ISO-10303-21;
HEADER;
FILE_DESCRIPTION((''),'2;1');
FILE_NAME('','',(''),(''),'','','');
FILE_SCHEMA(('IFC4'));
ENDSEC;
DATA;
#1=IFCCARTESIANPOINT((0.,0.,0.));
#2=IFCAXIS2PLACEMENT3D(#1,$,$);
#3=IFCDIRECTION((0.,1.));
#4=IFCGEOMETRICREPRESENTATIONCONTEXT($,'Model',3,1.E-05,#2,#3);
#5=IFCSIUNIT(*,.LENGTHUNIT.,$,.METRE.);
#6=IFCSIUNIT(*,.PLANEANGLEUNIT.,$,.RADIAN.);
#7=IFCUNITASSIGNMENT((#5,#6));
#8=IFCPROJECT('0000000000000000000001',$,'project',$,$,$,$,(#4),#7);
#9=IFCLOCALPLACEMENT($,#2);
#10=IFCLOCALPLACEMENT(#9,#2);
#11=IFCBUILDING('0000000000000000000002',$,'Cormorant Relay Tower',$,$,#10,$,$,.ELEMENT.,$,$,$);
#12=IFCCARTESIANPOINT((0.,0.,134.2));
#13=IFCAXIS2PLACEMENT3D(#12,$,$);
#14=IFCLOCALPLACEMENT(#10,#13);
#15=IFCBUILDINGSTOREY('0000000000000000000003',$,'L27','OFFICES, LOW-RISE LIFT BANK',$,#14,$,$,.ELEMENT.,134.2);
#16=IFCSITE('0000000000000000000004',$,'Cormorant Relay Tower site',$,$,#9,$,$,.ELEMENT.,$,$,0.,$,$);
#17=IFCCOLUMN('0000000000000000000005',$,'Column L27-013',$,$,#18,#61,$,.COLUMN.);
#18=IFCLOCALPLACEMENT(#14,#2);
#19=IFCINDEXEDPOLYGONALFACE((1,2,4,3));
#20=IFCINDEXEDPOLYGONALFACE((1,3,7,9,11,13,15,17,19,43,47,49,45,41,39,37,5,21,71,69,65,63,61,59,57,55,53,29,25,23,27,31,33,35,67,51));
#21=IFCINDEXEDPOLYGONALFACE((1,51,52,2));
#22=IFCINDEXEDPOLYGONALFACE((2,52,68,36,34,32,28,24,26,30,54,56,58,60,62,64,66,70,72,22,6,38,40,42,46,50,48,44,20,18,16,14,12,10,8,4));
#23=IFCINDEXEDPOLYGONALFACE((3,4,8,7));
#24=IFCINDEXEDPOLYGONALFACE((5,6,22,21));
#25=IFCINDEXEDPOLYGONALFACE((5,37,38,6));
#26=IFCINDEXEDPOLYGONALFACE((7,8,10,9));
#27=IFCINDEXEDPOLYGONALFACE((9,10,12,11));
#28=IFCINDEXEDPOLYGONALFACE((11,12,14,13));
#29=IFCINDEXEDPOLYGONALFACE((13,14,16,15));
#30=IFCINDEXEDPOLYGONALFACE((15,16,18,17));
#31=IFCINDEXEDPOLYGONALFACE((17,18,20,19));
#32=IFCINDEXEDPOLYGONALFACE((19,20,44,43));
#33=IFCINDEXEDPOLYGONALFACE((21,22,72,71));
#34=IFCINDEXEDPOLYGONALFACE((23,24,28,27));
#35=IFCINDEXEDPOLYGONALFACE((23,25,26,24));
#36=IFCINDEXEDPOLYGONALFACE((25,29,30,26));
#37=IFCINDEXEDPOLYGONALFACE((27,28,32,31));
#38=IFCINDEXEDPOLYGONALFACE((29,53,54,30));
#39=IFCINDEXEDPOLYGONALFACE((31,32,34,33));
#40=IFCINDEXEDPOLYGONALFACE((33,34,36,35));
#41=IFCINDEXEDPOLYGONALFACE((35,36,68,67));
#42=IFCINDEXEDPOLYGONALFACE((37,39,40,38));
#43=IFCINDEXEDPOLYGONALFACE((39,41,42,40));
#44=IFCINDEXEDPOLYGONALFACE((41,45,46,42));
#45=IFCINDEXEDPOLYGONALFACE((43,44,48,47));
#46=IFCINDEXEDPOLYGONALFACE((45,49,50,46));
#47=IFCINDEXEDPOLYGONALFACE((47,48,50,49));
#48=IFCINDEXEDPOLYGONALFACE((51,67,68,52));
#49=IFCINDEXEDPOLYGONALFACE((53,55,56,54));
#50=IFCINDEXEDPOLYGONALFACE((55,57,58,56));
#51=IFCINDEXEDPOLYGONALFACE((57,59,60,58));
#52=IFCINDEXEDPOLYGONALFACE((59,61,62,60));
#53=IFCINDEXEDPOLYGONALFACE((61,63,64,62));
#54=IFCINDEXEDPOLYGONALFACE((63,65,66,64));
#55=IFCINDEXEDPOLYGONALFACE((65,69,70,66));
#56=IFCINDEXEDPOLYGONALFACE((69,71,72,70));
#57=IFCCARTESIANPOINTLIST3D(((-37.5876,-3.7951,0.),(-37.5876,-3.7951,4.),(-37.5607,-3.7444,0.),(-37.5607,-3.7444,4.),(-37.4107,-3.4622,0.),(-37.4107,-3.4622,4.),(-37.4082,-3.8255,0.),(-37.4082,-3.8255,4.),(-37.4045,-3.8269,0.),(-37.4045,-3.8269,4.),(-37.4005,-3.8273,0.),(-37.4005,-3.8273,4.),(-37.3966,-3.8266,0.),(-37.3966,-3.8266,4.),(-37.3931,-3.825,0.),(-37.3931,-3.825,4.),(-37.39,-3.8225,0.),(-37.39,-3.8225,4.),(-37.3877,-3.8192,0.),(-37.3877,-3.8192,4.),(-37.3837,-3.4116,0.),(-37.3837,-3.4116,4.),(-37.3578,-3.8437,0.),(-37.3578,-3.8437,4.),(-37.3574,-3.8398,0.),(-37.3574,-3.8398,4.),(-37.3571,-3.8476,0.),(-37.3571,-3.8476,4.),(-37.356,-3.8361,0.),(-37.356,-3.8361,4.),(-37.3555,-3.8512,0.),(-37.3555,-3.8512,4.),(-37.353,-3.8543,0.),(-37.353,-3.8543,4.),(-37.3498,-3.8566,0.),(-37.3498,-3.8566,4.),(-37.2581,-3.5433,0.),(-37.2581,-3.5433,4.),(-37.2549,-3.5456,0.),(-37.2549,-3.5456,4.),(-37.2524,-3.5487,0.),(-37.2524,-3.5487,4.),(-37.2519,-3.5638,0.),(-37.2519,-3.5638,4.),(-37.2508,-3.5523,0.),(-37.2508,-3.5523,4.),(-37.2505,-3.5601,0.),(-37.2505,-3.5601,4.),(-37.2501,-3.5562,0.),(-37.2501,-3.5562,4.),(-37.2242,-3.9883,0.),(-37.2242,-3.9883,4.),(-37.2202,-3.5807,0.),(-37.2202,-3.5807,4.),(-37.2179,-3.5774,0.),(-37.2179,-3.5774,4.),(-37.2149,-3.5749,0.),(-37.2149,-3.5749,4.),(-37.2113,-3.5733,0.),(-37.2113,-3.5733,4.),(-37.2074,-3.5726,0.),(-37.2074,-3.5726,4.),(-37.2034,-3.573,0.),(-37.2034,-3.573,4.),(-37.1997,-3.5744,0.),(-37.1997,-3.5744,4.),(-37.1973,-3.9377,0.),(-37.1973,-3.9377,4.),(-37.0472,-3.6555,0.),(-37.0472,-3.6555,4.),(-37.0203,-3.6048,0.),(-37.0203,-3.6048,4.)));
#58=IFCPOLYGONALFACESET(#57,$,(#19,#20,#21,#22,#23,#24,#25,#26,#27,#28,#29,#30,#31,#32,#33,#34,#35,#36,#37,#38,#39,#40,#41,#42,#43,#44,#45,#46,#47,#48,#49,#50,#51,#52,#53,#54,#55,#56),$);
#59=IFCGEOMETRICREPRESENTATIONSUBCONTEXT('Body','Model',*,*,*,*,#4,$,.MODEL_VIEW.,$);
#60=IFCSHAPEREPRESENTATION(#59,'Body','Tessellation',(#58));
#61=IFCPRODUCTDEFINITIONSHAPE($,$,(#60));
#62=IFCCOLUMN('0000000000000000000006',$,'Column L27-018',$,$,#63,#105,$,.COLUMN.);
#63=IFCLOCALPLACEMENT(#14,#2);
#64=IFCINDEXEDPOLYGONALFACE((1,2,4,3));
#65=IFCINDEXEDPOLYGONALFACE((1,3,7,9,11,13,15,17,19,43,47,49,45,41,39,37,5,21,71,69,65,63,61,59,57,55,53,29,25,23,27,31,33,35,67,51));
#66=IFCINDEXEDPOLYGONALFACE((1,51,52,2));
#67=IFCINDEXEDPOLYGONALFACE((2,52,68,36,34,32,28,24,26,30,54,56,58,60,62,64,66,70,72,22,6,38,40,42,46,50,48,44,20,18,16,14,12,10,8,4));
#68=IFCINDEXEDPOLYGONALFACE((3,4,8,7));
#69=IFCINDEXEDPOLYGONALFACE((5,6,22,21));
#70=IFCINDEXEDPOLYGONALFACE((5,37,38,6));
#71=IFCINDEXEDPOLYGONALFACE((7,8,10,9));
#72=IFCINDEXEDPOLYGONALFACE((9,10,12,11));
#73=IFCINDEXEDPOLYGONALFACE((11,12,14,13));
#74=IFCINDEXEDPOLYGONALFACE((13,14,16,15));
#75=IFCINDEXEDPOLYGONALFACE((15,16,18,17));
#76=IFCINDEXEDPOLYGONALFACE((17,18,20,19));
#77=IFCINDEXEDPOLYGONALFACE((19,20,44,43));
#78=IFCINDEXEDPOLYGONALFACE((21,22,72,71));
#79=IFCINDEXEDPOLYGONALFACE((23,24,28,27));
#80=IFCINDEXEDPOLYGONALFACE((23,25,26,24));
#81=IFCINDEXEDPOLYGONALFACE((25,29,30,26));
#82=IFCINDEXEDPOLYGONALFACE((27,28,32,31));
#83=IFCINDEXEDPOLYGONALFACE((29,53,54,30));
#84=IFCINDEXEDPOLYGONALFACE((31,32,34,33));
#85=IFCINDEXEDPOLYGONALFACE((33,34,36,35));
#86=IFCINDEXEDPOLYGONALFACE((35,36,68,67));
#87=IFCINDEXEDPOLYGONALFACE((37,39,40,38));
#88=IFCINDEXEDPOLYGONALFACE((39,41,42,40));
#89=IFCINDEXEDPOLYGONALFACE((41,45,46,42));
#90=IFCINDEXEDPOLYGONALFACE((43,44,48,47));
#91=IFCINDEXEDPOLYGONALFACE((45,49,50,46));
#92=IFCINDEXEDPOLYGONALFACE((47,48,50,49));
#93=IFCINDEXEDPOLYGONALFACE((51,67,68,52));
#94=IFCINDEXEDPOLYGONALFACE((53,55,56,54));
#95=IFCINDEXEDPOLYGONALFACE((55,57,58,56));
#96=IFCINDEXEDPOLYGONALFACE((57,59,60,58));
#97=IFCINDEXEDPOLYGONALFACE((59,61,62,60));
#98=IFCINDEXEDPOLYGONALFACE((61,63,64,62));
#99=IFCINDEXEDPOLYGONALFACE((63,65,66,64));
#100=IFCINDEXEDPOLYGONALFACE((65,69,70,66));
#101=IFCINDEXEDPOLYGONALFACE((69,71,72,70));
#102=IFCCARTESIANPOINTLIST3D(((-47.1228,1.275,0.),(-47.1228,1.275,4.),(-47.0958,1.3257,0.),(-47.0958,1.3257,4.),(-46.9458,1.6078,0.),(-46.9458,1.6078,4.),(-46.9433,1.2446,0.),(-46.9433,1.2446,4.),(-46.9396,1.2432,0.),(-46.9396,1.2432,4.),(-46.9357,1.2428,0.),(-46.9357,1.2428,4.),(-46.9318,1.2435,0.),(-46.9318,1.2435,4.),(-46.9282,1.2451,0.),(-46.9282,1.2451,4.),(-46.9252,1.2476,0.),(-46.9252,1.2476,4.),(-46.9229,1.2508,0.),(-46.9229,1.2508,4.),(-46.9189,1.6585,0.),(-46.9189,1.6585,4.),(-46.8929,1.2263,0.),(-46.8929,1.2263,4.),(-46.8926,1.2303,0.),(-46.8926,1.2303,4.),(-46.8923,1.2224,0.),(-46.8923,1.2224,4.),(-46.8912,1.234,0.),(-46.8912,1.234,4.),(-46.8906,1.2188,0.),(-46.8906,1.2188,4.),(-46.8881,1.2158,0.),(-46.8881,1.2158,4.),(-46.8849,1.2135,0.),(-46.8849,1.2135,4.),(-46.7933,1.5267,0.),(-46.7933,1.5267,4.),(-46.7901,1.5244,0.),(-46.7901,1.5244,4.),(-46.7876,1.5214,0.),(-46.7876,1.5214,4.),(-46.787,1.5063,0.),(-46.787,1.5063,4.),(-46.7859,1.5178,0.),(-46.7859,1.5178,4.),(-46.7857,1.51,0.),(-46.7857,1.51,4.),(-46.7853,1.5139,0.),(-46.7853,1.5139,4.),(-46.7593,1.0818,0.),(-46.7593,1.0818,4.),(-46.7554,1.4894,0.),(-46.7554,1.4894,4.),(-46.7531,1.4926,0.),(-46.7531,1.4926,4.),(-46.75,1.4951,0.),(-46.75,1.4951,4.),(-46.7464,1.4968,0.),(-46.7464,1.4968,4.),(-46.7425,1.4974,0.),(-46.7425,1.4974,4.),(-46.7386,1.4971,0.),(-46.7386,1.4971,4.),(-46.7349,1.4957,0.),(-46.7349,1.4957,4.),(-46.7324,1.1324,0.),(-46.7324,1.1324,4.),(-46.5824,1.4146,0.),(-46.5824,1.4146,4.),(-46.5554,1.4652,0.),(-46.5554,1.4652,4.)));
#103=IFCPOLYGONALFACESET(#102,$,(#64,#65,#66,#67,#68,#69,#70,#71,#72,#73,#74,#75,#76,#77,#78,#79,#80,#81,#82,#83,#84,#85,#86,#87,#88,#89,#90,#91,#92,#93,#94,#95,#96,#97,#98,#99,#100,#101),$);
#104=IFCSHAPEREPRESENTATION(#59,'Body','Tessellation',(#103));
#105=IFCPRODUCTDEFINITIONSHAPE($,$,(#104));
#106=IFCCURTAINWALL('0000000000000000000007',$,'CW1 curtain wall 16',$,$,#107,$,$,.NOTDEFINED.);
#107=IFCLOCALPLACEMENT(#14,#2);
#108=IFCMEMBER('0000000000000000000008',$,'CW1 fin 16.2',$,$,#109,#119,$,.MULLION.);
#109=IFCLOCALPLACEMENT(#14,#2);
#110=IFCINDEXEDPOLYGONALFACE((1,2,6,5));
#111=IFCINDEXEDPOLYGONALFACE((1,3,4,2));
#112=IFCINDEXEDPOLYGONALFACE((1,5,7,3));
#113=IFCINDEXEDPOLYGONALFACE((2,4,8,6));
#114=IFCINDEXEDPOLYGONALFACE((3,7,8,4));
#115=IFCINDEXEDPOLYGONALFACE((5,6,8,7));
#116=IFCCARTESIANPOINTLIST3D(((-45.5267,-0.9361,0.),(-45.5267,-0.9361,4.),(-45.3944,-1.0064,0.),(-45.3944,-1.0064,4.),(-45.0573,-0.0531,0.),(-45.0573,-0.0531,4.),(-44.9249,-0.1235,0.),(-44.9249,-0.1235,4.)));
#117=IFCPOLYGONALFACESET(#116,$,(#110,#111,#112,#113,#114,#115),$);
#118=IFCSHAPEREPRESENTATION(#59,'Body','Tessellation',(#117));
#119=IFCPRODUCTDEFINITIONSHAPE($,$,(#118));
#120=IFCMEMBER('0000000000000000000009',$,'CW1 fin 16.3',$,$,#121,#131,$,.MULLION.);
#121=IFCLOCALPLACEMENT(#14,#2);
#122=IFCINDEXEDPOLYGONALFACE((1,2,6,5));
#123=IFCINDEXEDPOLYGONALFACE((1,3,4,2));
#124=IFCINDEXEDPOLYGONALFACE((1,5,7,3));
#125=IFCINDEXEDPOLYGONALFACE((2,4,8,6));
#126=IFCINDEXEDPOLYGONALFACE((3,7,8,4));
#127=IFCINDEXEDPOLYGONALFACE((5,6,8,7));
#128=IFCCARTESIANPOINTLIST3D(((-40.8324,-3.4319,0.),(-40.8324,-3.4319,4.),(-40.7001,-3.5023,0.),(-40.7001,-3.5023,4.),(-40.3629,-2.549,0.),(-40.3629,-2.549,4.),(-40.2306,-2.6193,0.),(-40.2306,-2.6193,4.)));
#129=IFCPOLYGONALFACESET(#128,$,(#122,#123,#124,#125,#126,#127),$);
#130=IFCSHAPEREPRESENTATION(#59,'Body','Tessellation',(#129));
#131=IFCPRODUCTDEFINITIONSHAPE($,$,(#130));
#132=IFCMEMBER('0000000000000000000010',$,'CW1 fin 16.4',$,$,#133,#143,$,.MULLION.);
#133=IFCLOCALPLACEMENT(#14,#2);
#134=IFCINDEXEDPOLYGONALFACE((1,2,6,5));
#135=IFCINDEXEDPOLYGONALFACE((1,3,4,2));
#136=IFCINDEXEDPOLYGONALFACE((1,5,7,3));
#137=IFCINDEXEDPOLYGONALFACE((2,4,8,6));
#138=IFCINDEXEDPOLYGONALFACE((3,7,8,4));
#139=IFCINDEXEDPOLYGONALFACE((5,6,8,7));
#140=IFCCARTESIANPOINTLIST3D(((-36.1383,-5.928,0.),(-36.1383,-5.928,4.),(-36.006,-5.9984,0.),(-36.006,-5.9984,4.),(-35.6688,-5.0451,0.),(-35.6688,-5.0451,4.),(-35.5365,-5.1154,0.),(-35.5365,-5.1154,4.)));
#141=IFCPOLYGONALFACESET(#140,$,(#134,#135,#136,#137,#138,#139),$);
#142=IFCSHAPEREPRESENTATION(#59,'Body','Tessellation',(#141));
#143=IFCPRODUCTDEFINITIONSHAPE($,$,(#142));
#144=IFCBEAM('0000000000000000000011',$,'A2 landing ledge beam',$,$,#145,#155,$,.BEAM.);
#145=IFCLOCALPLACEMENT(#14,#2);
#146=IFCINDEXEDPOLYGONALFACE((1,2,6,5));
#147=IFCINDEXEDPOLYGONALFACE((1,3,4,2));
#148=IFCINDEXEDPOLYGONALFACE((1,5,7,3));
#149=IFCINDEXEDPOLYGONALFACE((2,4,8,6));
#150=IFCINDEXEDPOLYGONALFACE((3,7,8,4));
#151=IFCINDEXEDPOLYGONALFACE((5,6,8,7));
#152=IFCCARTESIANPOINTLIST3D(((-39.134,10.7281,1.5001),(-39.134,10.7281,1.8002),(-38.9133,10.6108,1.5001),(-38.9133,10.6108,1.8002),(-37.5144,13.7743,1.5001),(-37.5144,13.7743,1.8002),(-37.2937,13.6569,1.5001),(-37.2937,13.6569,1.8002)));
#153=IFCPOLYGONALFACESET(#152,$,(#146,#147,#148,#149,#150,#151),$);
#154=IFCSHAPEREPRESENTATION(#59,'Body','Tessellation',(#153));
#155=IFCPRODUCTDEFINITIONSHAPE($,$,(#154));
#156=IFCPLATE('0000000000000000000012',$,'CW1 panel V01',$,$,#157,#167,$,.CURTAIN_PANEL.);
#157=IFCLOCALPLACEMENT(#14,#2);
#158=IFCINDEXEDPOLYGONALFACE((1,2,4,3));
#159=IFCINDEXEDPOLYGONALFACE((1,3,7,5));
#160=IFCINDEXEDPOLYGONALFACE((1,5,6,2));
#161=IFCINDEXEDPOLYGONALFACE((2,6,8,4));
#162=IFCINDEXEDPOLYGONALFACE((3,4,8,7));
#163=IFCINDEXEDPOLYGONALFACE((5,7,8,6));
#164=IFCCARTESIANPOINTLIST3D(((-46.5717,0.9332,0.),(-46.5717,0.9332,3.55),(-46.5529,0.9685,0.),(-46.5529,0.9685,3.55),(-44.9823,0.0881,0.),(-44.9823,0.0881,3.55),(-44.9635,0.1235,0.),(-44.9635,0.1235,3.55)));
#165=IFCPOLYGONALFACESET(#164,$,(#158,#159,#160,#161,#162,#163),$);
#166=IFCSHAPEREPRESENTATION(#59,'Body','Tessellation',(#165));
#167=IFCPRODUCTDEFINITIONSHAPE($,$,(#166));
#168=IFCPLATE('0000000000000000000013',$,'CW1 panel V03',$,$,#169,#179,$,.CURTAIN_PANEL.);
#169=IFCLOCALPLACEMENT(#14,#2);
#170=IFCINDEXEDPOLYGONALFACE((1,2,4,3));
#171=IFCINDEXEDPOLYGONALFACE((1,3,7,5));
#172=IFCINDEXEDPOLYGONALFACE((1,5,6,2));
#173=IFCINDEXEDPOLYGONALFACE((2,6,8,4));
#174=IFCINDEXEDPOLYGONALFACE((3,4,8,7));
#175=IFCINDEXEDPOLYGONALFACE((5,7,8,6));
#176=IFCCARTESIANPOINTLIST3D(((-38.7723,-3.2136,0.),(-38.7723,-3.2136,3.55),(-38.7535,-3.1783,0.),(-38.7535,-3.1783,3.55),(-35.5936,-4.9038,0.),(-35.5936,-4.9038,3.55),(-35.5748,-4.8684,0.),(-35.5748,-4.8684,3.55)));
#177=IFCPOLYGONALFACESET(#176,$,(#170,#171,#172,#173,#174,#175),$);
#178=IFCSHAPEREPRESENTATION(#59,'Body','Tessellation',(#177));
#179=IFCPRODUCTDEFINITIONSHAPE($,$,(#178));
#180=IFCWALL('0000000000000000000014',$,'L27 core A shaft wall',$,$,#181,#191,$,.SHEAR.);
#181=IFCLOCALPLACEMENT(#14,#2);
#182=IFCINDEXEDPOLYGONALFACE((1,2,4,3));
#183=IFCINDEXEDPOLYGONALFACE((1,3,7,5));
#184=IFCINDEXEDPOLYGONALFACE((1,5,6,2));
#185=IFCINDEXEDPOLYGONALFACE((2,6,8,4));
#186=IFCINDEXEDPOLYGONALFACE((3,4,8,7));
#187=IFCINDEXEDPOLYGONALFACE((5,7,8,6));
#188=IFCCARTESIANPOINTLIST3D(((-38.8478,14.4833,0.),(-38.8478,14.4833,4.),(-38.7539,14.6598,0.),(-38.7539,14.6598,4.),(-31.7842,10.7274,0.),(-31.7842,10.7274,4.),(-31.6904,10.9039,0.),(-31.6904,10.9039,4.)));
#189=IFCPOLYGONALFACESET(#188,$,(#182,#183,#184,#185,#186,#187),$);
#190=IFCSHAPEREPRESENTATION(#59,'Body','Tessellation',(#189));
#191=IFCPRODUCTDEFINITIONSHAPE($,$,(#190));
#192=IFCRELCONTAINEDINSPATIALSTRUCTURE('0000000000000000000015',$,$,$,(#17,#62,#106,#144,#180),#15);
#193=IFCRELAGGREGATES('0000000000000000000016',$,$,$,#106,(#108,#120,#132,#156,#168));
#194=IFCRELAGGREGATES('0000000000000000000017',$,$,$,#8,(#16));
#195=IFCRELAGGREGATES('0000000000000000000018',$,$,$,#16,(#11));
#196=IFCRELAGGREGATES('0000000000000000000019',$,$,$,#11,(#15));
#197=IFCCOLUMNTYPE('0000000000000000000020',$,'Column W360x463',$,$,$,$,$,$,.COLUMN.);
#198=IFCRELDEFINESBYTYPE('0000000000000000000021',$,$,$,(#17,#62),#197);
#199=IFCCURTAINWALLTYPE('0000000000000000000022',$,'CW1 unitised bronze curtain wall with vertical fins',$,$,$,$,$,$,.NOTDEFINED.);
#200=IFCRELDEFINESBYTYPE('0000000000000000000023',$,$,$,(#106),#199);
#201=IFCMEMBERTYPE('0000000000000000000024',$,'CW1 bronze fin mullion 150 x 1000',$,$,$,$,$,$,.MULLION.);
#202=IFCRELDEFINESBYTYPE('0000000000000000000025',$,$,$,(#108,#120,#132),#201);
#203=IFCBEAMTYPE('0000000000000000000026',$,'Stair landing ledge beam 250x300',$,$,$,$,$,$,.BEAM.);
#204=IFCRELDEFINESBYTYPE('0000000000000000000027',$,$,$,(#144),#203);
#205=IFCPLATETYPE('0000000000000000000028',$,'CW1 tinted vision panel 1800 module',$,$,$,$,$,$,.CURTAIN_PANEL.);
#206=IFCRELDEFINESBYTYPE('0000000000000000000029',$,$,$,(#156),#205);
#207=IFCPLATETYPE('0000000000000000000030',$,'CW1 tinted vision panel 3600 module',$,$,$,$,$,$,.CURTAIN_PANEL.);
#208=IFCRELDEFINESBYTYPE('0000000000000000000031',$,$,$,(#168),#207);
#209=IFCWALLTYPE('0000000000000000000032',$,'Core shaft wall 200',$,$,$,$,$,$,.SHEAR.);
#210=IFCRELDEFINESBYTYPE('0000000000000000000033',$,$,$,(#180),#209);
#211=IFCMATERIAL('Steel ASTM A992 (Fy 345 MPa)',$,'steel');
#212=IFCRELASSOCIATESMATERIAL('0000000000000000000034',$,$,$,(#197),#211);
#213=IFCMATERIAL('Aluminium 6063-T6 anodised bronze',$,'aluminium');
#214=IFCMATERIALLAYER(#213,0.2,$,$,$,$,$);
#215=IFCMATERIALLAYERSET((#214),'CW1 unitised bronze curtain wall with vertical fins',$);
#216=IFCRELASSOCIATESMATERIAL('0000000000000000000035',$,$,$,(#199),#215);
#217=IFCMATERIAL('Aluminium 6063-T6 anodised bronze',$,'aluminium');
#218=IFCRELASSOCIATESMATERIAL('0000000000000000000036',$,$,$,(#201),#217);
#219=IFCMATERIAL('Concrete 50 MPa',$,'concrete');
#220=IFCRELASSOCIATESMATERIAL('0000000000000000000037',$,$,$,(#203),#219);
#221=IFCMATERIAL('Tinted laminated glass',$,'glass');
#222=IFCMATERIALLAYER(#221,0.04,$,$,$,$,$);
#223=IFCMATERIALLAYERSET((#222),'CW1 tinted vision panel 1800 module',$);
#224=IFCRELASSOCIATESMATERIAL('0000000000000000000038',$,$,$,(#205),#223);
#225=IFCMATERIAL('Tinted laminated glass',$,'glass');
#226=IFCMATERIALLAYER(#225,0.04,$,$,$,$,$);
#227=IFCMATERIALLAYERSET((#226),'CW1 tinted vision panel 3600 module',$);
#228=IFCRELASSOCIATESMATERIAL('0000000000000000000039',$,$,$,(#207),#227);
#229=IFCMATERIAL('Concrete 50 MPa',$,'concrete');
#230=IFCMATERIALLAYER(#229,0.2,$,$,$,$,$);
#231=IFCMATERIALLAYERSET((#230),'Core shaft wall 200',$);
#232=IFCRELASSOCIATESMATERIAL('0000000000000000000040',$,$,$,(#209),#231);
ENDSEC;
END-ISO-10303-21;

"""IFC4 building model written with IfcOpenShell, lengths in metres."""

from ifc_helpers import new_model, si_unit, direction, frame, frame_2d, origin, origin_2d, place, context, subcontext, project, spatial, rectangle, i_section, extrude, material, layer, layer_set, material_profile, profile_set, type_object, element, aggregate, save


model = new_model("IFC4")

# Units and contexts
model_context = context("Model", 3, precision=1e-05, world=origin(), true_north=direction((0.0, 1.0)))
body_context = subcontext(model_context, "Body", "Model", "MODEL_VIEW")
ifc_project = project(units=[si_unit("LENGTHUNIT", "METRE"), si_unit("PLANEANGLEUNIT", "RADIAN")], contexts=[model_context])

# Site, building, storey
site_placement = place(None, origin())
site = spatial("IfcSite", under=ifc_project, at=site_placement, Name="Cormorant Relay Tower site", CompositionType="ELEMENT", RefElevation=0.0)
building_placement = place(site_placement, origin())
building = spatial("IfcBuilding", under=site, at=building_placement, Name="Cormorant Relay Tower", CompositionType="ELEMENT")
storey_placement = place(building_placement, frame((0.0, 0.0, 134.2)))
storey = spatial("IfcBuildingStorey", under=building, at=storey_placement, Name="L27", Description="OFFICES, LOW-RISE LIFT BANK", CompositionType="ELEMENT", Elevation=134.2)

# Columns
ifc_material_1 = material(Name="Steel ASTM A992 (Fy 345 MPa)", Category="steel")
ifc_material_profile_1 = material_profile(ifc_material_1, i_section(OverallWidth=0.4116, OverallDepth=0.4343, WebThickness=0.0359, FlangeThickness=0.0574, FilletRadius=0.0151, at=origin_2d()), Name="W360x463")
ifc_profile_set_1 = profile_set([ifc_material_profile_1], Name="Steel ASTM A992 (Fy 345 MPa)")
column_type = type_object("IfcColumnType", Name="Column W360x463", PredefinedType="COLUMN", material=ifc_profile_set_1)
for number, where, z_axis, x_axis, name in (
    (1, (-37.304, -3.7, 0.0), (0.0, 0.0, 1.0), (0.882948, -0.469472, 0.0), "Column L27-013"),
    (2, (-46.8391, 1.3701, 0.0), (0.0, 0.0, 1.0), (0.882948, -0.469472, 0.0), "Column L27-018"),
):
    element("IfcColumn", number, at=place(storey_placement, frame(where, z_axis=z_axis, x_axis=x_axis)), inside=storey, type_object=column_type, Name=name, PredefinedType="COLUMN", context=body_context, shape_type="SweptSolid", body=[
        extrude(i_section(OverallWidth=0.4116, OverallDepth=0.4343, WebThickness=0.0359, FlangeThickness=0.0574, FilletRadius=0.0151, at=origin_2d()), origin(), (0.0, 0.0, 1.0), 4.0),
    ])

# Curtain wall, members
ifc_material_2 = material(Name="Aluminium 6063-T6 anodised bronze", Category="aluminium")
ifc_layer_1 = layer(ifc_material_2, 0.2)
ifc_layer_set_1 = layer_set([ifc_layer_1], Name="CW1 unitised bronze curtain wall with vertical fins")
curtain_wall_type = type_object("IfcCurtainWallType", Name="CW1 unitised bronze curtain wall with vertical fins", PredefinedType="NOTDEFINED", material=ifc_layer_set_1)
curtain_wall_placement = place(storey_placement, origin())
curtain_wall = element("IfcCurtainWall", 3, at=curtain_wall_placement, inside=storey, type_object=curtain_wall_type, Name="CW1 curtain wall 16", PredefinedType="NOTDEFINED")
ifc_material_3 = material(Name="Aluminium 6063-T6 anodised bronze", Category="aluminium")
ifc_material_profile_2 = material_profile(ifc_material_3, rectangle(XDim=0.1499, YDim=1.0, at=origin_2d()), Name="AL 150x1000")
ifc_profile_set_2 = profile_set([ifc_material_profile_2], Name="Aluminium 6063-T6 anodised bronze")
member_type = type_object("IfcMemberType", Name="CW1 bronze fin mullion 150 x 1000", PredefinedType="MULLION", material=ifc_profile_set_2)
member_1_placement = place(storey_placement, frame((-45.2258, -0.5298, 0.0), z_axis=(0.0, 0.0, 1.0), x_axis=(0.882948, -0.469472, 0.0)))
member_1 = element("IfcMember", 4, at=member_1_placement, type_object=member_type, Name="CW1 fin 16.2", PredefinedType="MULLION", context=body_context, shape_type="SweptSolid", body=[
    extrude(rectangle(XDim=0.1499, YDim=1.0, at=origin_2d()), origin(), (0.0, 0.0, 1.0), 4.0),
])
member_2_placement = place(storey_placement, frame((-40.5315, -3.0256, 0.0), z_axis=(0.0, 0.0, 1.0), x_axis=(0.882948, -0.469472, 0.0)))
member_2 = element("IfcMember", 5, at=member_2_placement, type_object=member_type, Name="CW1 fin 16.3", PredefinedType="MULLION", context=body_context, shape_type="SweptSolid", body=[
    extrude(rectangle(XDim=0.1499, YDim=1.0, at=origin_2d()), origin(), (0.0, 0.0, 1.0), 4.0),
])
member_3_placement = place(storey_placement, frame((-35.8374, -5.5217, 0.0), z_axis=(0.0, 0.0, 1.0), x_axis=(0.882948, -0.469472, 0.0)))
member_3 = element("IfcMember", 6, at=member_3_placement, type_object=member_type, Name="CW1 fin 16.4", PredefinedType="MULLION", context=body_context, shape_type="SweptSolid", body=[
    extrude(rectangle(XDim=0.1499, YDim=1.0, at=origin_2d()), origin(), (0.0, 0.0, 1.0), 4.0),
])

# Beam
ifc_material_4 = material(Name="Concrete 50 MPa", Category="concrete")
ifc_material_profile_3 = material_profile(ifc_material_4, rectangle(XDim=0.25, YDim=0.3, at=origin_2d()), Name="RC 250x300")
ifc_profile_set_3 = profile_set([ifc_material_profile_3], Name="Concrete 50 MPa")
beam_type = type_object("IfcBeamType", Name="Stair landing ledge beam 250x300", PredefinedType="BEAM", material=ifc_profile_set_3)
beam_placement = place(storey_placement, frame((-37.4041, 13.7156, 1.6501), z_axis=(-0.469464, -0.882952, 0.0), x_axis=(0.882952, -0.469464, 0.0)))
element("IfcBeam", 7, at=beam_placement, inside=storey, type_object=beam_type, Name="A2 landing ledge beam", PredefinedType="BEAM", context=body_context, shape_type="SweptSolid", body=[
    extrude(rectangle(XDim=0.25, YDim=0.3, at=origin_2d()), origin(), (0.0, 0.0, 1.0), 3.45),
])

# Plates
ifc_material_5 = material(Name="Tinted laminated glass", Category="glass")
ifc_layer_2 = layer(ifc_material_5, 0.04)
ifc_layer_set_2 = layer_set([ifc_layer_2], Name="CW1 tinted vision panel 1800 module")
plate_type_1 = type_object("IfcPlateType", Name="CW1 tinted vision panel 1800 module", PredefinedType="CURTAIN_PANEL", material=ifc_layer_set_2)
plate_1_placement = place(storey_placement, frame((-45.7676, 0.5283, 0.0), z_axis=(0.0, 0.0, 1.0), x_axis=(0.882948, -0.469472, 0.0)))
plate_1 = element("IfcPlate", 8, at=plate_1_placement, type_object=plate_type_1, Name="CW1 panel V01", PredefinedType="CURTAIN_PANEL", context=body_context, shape_type="SweptSolid", body=[
    extrude(rectangle(XDim=1.8, YDim=0.04, at=origin_2d()), origin(), (0.0, 0.0, 1.0), 3.55),
])
ifc_material_6 = material(Name="Tinted laminated glass", Category="glass")
ifc_layer_3 = layer(ifc_material_6, 0.04)
ifc_layer_set_3 = layer_set([ifc_layer_3], Name="CW1 tinted vision panel 3600 module")
plate_type_2 = type_object("IfcPlateType", Name="CW1 tinted vision panel 3600 module", PredefinedType="CURTAIN_PANEL", material=ifc_layer_set_3)
plate_2_placement = place(storey_placement, frame((-37.1736, -4.041, 0.0), z_axis=(0.0, 0.0, 1.0), x_axis=(0.882948, -0.469472, 0.0)))
plate_2 = element("IfcPlate", 9, at=plate_2_placement, type_object=plate_type_2, Name="CW1 panel V03", PredefinedType="CURTAIN_PANEL", context=body_context, shape_type="SweptSolid", body=[
    extrude(rectangle(XDim=3.6001, YDim=0.04, at=origin_2d()), origin(), (0.0, 0.0, 1.0), 3.55),
])

# Wall
ifc_material_7 = material(Name="Concrete 50 MPa", Category="concrete")
ifc_layer_4 = layer(ifc_material_7, 0.2)
ifc_layer_set_4 = layer_set([ifc_layer_4], Name="Core shaft wall 200")
wall_type_1 = type_object("IfcWallType", Name="Core shaft wall 200", PredefinedType="SHEAR", material=ifc_layer_set_4)
wall_1_placement = place(storey_placement, frame((-31.7373, 10.8157, 0.0), z_axis=(0.0, 0.0, 1.0), x_axis=(-0.88294, 0.469485, 0.0)))
element("IfcWall", 10, at=wall_1_placement, inside=storey, type_object=wall_type_1, Name="L27 core A shaft wall", PredefinedType="SHEAR", context=body_context, shape_type="SweptSolid", body=[
    extrude(rectangle(XDim=8.0, YDim=0.2, at=frame_2d((4.0, 0.0))), origin(), (0.0, 0.0, 1.0), 4.0),
])

aggregate(curtain_wall, [member_1, member_2, member_3, plate_1, plate_2])

save(model, "model.ifc")
